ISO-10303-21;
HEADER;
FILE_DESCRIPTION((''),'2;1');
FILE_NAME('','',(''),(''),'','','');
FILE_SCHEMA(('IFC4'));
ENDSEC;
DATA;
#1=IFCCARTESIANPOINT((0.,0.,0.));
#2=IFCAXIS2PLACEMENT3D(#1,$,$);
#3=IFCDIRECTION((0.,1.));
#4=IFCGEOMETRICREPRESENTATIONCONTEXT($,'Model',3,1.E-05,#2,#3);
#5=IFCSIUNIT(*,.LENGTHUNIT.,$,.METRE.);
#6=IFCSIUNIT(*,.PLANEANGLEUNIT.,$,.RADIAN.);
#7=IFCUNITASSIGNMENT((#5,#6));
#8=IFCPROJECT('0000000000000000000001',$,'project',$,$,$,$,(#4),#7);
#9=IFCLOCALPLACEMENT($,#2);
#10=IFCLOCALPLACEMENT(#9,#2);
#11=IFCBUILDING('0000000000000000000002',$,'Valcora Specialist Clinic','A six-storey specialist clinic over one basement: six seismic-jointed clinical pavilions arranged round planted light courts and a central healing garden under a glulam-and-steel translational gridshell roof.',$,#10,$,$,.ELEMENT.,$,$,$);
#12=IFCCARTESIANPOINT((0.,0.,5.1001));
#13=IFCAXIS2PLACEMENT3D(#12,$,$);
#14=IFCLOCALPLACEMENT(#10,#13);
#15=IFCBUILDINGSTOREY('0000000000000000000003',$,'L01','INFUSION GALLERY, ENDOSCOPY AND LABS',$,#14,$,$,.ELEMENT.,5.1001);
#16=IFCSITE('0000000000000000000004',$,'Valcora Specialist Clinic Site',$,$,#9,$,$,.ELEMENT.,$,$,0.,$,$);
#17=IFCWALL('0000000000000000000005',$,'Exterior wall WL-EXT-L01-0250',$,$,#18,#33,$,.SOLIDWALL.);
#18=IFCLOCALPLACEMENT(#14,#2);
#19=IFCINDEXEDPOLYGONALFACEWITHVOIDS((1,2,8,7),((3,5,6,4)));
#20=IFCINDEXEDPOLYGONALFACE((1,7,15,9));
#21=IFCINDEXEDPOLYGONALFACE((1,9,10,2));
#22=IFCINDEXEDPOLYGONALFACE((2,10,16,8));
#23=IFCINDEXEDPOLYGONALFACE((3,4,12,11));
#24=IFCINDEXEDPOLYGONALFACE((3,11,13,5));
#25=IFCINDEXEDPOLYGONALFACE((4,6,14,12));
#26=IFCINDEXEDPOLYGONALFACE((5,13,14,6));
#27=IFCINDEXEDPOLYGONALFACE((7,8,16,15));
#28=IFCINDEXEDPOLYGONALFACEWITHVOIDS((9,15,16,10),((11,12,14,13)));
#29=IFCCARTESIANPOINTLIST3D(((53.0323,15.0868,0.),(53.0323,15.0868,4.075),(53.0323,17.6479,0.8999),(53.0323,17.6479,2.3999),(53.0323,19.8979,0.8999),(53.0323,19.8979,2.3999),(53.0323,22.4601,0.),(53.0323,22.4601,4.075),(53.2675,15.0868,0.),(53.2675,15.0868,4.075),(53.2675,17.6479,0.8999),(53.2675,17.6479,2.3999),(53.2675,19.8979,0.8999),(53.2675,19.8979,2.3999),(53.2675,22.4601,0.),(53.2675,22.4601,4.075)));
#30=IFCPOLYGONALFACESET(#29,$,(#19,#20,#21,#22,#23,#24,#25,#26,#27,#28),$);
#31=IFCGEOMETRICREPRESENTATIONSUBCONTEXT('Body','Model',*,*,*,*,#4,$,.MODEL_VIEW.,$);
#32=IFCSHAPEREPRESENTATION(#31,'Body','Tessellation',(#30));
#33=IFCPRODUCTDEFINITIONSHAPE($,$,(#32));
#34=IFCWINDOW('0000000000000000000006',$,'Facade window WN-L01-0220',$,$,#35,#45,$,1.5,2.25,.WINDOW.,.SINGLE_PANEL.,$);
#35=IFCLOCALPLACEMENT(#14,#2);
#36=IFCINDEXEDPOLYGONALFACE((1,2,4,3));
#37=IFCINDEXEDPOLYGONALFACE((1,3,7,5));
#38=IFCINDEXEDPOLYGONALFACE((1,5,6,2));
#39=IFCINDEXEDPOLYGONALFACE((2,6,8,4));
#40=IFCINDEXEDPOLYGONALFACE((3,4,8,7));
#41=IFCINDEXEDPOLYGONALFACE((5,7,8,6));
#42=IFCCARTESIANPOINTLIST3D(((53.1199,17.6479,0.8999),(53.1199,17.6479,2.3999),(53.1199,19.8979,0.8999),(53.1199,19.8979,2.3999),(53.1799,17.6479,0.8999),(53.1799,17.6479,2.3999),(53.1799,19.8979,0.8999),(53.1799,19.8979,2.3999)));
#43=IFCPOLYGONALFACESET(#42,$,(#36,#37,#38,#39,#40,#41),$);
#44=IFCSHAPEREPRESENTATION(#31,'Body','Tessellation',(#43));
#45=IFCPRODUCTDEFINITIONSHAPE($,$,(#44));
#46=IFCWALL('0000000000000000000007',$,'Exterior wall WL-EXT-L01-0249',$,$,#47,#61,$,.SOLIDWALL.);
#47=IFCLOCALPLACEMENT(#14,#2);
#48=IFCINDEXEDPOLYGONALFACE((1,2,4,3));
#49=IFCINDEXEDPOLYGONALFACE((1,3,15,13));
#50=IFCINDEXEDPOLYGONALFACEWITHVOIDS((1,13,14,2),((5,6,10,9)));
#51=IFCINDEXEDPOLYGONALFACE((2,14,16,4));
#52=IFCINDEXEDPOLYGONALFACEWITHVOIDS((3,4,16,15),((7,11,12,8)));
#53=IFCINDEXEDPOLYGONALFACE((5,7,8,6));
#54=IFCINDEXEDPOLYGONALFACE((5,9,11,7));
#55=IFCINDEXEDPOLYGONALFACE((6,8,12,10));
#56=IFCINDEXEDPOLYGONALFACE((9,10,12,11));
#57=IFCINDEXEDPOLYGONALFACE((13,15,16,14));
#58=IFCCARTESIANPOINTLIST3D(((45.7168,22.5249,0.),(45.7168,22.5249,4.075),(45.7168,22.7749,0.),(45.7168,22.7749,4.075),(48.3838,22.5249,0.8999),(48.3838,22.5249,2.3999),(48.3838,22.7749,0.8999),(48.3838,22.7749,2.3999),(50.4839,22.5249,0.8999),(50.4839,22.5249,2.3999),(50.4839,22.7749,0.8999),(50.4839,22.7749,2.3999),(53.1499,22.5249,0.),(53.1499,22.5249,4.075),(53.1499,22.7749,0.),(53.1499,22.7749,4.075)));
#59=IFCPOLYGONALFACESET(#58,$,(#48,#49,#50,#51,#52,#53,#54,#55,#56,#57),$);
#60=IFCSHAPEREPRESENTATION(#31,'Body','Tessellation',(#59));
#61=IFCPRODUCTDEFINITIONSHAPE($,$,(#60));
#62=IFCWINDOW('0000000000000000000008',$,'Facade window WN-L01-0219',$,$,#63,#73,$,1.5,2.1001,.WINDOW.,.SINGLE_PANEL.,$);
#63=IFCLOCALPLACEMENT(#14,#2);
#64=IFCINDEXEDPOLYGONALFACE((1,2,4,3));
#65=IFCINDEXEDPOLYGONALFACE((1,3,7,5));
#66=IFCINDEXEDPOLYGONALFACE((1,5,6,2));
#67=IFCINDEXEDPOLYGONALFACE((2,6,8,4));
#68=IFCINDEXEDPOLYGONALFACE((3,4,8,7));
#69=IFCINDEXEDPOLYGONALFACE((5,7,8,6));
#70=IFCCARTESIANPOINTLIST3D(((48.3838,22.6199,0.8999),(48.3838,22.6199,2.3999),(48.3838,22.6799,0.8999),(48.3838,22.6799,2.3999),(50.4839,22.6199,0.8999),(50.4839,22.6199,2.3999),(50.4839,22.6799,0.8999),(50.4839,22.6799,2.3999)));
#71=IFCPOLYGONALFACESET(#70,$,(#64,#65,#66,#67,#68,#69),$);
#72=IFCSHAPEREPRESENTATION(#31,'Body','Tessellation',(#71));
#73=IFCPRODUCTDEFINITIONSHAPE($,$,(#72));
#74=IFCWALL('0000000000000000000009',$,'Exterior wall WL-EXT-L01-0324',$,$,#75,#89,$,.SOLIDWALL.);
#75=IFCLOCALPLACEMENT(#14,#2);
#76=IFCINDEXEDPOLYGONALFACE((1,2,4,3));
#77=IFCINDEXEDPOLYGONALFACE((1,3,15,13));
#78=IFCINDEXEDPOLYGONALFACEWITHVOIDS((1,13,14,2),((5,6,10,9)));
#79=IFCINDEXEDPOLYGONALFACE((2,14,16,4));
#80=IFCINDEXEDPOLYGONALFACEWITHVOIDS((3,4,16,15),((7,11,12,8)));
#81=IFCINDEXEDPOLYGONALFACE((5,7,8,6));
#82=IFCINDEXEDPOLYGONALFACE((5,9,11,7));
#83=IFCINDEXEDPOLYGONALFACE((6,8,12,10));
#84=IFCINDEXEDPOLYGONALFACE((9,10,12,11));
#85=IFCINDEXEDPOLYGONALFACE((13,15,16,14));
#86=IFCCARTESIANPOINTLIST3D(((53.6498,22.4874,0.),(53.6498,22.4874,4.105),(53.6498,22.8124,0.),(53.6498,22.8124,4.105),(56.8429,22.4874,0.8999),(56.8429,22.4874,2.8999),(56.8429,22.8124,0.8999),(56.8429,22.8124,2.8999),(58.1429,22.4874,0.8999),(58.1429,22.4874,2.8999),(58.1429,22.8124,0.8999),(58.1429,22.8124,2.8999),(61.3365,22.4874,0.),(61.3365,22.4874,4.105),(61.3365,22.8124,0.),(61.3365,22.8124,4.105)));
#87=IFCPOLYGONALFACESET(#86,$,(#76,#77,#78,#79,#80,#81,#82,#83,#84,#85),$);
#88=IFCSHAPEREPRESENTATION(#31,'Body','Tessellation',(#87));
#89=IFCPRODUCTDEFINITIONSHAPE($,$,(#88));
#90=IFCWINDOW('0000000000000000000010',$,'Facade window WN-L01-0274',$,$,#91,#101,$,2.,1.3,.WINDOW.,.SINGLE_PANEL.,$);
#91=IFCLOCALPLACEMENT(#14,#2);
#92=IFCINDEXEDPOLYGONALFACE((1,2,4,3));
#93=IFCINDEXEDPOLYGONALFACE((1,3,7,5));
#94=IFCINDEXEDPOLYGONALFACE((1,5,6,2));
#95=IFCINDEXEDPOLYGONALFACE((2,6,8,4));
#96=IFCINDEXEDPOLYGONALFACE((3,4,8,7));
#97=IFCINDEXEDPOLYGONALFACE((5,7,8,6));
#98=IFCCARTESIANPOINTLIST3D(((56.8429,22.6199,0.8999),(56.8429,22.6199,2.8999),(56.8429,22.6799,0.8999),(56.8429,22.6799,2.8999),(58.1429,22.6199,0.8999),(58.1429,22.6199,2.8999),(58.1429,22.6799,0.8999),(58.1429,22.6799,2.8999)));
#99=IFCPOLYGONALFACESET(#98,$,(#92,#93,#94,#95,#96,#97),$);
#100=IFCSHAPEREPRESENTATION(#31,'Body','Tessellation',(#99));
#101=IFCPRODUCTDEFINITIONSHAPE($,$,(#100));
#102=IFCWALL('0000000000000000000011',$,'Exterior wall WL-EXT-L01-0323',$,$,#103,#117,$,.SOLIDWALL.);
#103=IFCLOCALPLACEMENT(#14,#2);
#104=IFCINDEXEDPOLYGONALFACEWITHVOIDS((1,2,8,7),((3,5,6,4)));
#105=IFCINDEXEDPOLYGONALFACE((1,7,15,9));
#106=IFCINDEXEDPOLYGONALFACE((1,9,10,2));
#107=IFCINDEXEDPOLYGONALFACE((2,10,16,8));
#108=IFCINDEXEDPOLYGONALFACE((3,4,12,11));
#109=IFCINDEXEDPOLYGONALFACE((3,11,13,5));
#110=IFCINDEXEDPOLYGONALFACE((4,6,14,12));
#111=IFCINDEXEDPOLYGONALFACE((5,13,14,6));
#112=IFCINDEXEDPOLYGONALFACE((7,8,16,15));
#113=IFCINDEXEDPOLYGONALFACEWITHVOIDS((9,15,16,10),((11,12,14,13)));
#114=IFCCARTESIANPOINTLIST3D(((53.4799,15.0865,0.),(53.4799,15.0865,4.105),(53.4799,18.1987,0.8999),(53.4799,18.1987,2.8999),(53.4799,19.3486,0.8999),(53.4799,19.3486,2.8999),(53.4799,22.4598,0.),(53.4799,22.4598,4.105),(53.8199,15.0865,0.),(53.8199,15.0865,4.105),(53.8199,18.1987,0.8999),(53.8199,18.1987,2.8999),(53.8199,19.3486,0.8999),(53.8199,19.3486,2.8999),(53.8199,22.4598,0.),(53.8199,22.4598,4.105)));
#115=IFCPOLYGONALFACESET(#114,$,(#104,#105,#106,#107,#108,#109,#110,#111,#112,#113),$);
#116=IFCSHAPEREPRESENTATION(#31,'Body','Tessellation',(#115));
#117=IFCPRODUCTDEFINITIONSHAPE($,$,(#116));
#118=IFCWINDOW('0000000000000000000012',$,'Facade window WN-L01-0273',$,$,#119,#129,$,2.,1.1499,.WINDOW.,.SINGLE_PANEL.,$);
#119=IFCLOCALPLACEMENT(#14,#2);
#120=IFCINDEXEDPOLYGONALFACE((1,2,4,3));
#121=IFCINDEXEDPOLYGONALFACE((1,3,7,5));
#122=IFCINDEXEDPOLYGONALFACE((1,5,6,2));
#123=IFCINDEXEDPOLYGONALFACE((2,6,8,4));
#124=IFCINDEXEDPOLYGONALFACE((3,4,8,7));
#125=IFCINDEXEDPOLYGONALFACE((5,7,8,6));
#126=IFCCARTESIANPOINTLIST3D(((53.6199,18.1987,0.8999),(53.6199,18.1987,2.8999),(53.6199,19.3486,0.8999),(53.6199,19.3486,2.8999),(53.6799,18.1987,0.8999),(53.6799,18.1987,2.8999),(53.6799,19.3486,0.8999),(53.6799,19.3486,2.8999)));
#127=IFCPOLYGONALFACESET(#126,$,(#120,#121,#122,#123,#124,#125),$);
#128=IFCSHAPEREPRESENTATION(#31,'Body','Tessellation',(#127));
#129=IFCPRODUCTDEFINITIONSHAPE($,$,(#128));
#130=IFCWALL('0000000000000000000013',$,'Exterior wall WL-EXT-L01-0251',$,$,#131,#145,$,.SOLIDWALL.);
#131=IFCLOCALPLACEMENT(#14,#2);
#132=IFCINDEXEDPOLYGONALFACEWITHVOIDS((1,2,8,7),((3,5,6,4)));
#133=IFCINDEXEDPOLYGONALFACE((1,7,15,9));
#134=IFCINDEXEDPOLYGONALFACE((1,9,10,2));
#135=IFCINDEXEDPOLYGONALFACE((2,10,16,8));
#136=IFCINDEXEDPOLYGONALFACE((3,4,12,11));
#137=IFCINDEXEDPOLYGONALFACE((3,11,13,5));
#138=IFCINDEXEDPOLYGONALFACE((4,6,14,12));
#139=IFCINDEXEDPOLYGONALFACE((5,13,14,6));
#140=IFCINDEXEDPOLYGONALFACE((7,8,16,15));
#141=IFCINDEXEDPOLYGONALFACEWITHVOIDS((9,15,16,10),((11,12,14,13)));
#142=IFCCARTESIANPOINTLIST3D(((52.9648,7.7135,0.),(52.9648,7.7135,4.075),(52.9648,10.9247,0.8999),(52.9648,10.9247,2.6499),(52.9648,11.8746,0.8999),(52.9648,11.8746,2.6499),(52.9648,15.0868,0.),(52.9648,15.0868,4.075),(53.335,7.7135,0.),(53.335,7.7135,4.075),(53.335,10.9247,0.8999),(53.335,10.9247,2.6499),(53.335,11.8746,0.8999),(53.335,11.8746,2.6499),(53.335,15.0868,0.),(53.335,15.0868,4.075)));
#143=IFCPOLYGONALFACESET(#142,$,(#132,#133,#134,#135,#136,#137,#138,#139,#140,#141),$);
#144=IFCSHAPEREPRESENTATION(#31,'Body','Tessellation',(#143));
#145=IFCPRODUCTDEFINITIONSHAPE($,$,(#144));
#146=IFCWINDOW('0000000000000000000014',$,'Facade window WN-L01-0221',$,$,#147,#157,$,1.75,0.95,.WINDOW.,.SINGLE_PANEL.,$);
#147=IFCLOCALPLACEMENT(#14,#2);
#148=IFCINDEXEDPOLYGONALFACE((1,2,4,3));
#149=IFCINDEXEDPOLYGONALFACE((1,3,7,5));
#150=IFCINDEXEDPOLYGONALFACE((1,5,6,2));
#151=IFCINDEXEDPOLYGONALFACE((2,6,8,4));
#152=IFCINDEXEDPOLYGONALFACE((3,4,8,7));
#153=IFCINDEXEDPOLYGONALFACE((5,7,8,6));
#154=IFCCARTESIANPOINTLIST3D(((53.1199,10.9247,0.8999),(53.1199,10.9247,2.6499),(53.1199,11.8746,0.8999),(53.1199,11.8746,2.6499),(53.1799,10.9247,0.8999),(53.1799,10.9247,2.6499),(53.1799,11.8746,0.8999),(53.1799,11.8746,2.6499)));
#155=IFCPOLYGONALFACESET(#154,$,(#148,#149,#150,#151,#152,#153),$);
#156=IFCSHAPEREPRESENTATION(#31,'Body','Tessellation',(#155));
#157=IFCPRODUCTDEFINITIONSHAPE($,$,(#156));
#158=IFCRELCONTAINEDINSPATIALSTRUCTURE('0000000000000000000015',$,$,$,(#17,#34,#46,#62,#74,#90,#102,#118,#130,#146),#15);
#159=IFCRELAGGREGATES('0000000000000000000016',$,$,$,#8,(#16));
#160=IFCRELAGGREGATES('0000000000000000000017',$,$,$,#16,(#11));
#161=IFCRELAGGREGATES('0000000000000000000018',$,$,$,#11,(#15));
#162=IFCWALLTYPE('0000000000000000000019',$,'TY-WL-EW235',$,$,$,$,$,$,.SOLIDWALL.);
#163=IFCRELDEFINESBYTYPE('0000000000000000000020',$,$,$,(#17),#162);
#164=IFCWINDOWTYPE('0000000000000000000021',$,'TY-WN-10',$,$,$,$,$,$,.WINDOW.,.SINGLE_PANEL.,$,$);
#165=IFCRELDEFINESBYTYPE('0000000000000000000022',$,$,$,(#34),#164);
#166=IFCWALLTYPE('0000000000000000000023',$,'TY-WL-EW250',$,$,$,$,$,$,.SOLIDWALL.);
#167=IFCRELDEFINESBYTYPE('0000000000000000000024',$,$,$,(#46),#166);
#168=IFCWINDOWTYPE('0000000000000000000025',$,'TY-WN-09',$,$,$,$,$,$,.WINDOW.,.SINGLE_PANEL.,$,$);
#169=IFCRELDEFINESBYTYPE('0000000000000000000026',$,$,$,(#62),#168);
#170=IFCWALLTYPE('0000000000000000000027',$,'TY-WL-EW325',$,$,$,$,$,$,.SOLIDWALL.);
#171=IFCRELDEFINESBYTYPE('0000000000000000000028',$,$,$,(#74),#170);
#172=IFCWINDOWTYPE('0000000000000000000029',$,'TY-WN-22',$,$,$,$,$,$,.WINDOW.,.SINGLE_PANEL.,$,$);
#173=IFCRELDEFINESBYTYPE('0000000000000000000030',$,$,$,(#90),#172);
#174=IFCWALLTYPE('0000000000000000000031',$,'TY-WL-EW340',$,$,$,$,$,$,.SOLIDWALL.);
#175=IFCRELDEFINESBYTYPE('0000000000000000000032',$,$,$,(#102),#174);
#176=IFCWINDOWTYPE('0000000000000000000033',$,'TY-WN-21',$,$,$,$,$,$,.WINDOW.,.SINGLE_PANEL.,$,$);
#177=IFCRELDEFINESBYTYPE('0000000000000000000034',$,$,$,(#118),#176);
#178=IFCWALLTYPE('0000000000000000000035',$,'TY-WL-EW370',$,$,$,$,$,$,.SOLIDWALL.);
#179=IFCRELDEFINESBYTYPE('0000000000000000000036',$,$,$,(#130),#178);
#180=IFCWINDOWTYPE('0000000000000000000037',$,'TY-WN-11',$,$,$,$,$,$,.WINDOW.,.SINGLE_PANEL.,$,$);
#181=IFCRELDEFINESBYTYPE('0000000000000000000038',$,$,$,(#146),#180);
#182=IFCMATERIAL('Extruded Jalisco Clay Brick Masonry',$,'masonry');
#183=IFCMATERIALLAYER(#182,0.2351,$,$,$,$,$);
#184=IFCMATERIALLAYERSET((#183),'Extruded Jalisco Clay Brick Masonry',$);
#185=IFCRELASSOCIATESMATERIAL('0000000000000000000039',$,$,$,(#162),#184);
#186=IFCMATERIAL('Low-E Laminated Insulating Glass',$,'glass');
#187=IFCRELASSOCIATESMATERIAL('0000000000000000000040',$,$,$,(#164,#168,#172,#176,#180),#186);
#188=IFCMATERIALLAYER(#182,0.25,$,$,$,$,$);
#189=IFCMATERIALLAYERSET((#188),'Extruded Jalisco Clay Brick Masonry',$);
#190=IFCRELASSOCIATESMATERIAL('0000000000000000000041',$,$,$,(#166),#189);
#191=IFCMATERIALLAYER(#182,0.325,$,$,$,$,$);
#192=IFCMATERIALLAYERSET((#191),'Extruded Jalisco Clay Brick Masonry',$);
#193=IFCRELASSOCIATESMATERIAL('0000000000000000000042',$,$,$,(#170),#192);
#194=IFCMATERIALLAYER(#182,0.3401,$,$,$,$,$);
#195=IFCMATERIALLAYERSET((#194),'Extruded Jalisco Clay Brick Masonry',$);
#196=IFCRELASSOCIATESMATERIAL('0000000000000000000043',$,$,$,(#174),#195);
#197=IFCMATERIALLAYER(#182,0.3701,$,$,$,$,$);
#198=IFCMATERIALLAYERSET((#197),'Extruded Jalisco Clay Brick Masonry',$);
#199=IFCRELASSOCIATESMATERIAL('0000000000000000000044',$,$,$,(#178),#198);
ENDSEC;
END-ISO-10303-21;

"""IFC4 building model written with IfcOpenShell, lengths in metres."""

from ifc_helpers import new_model, si_unit, direction, frame, frame_2d, origin, place, context, subcontext, project, spatial, rectangle, extrude, material, layer, layer_set, type_object, element, fill, save


model = new_model("IFC4")

# Units and contexts
model_context = context("Model", 3, precision=1e-05, world=origin(), true_north=direction((0.0, 1.0)))
body_context = subcontext(model_context, "Body", "Model", "MODEL_VIEW")
ifc_project = project(units=[si_unit("LENGTHUNIT", "METRE"), si_unit("PLANEANGLEUNIT", "RADIAN")], contexts=[model_context])

# Site, building, storey
site_placement = place(None, origin())
site = spatial("IfcSite", under=ifc_project, at=site_placement, Name="Valcora Specialist Clinic Site", CompositionType="ELEMENT", RefElevation=0.0)
building_placement = place(site_placement, origin())
building = spatial("IfcBuilding", under=site, at=building_placement, Name="Valcora Specialist Clinic", Description="A six-storey specialist clinic over one basement: six seismic-jointed clinical pavilions arranged round planted light courts and a central healing garden under a glulam-and-steel translational gridshell roof.", CompositionType="ELEMENT")
storey_placement = place(building_placement, frame((0.0, 0.0, 5.1001)))
storey = spatial("IfcBuildingStorey", under=building, at=storey_placement, Name="L01", Description="INFUSION GALLERY, ENDOSCOPY AND LABS", CompositionType="ELEMENT", Elevation=5.1001)

# Walls, openings, windows
ifc_material_1 = material(Name="Extruded Jalisco Clay Brick Masonry", Category="masonry")
ifc_layer_1 = layer(ifc_material_1, 0.2351)
ifc_layer_set_1 = layer_set([ifc_layer_1], Name="Extruded Jalisco Clay Brick Masonry")
wall_type_1 = type_object("IfcWallType", Name="TY-WL-EW235", PredefinedType="SOLIDWALL", material=ifc_layer_set_1)
wall_1_placement = place(storey_placement, frame((53.1499, 22.46, 0.0), z_axis=(0.0, 0.0, 1.0), x_axis=(0.0, -1.0, 0.0)))
wall_1 = element("IfcWall", 1, at=wall_1_placement, inside=storey, type_object=wall_type_1, Name="Exterior wall WL-EXT-L01-0250", PredefinedType="SOLIDWALL", context=body_context, shape_type="SweptSolid", body=[
    extrude(rectangle(XDim=7.3733, YDim=0.2351, at=frame_2d((3.6865, 0.0))), origin(), (0.0, 0.0, 1.0), 4.075),
])
opening_1_placement = place(wall_1_placement, frame((2.562, 0.0, 0.8999)))
opening_1 = element("IfcOpeningElement", 2, at=opening_1_placement, cuts=wall_1, PredefinedType="OPENING", context=body_context, shape_type="SweptSolid", body=[
    extrude(rectangle(XDim=2.25, YDim=1.5, at=frame_2d((1.125, 0.75))), frame((0.0, 0.1274, 0.0), z_axis=(0.0, -1.0, 0.0), x_axis=(1.0, 0.0, 0.0)), (0.0, 0.0, 1.0), 0.2551),
])
ifc_material_2 = material(Name="Low-E Laminated Insulating Glass", Category="glass")
window_type_1 = type_object("IfcWindowType", Name="TY-WN-10", PartitioningType="SINGLE_PANEL", PredefinedType="WINDOW", material=ifc_material_2)
window_1_placement = place(opening_1_placement, origin())
window_1 = element("IfcWindow", 3, at=window_1_placement, inside=storey, type_object=window_type_1, Name="Facade window WN-L01-0220", OverallHeight=1.5, OverallWidth=2.25, PartitioningType="SINGLE_PANEL", PredefinedType="WINDOW", context=body_context, shape_type="SweptSolid", body=[
    extrude(rectangle(XDim=2.25, YDim=1.5, at=frame_2d((1.125, 0.75))), frame((0.0, 0.03, 0.0), z_axis=(0.0, -1.0, 0.0), x_axis=(1.0, 0.0, 0.0)), (0.0, 0.0, 1.0), 0.0601),
])
fill(opening_1, window_1)
ifc_layer_2 = layer(ifc_material_1, 0.25)
ifc_layer_set_2 = layer_set([ifc_layer_2], Name="Extruded Jalisco Clay Brick Masonry")
wall_type_2 = type_object("IfcWallType", Name="TY-WL-EW250", PredefinedType="SOLIDWALL", material=ifc_layer_set_2)
wall_2_placement = place(storey_placement, frame((45.7168, 22.6499, 0.0), z_axis=(0.0, 0.0, 1.0), x_axis=(1.0, 0.0, 0.0)))
wall_2 = element("IfcWall", 4, at=wall_2_placement, inside=storey, type_object=wall_type_2, Name="Exterior wall WL-EXT-L01-0249", PredefinedType="SOLIDWALL", context=body_context, shape_type="SweptSolid", body=[
    extrude(rectangle(XDim=7.4331, YDim=0.25, at=frame_2d((3.7166, 0.0))), origin(), (0.0, 0.0, 1.0), 4.075),
])
opening_2_placement = place(wall_2_placement, frame((2.667, 0.0, 0.8999)))
opening_2 = element("IfcOpeningElement", 5, at=opening_2_placement, cuts=wall_2, PredefinedType="OPENING", context=body_context, shape_type="SweptSolid", body=[
    extrude(rectangle(XDim=2.1001, YDim=1.5, at=frame_2d((1.05, 0.75))), frame((0.0, 0.135, 0.0), z_axis=(0.0, -1.0, 0.0), x_axis=(1.0, 0.0, 0.0)), (0.0, 0.0, 1.0), 0.27),
])
window_type_2 = type_object("IfcWindowType", Name="TY-WN-09", PartitioningType="SINGLE_PANEL", PredefinedType="WINDOW", material=ifc_material_2)
window_2_placement = place(opening_2_placement, origin())
window_2 = element("IfcWindow", 6, at=window_2_placement, inside=storey, type_object=window_type_2, Name="Facade window WN-L01-0219", OverallHeight=1.5, OverallWidth=2.1001, PartitioningType="SINGLE_PANEL", PredefinedType="WINDOW", context=body_context, shape_type="SweptSolid", body=[
    extrude(rectangle(XDim=2.1001, YDim=1.5, at=frame_2d((1.05, 0.75))), frame((0.0, 0.03, 0.0), z_axis=(0.0, -1.0, 0.0), x_axis=(1.0, 0.0, 0.0)), (0.0, 0.0, 1.0), 0.0601),
])
fill(opening_2, window_2)
ifc_layer_3 = layer(ifc_material_1, 0.325)
ifc_layer_set_3 = layer_set([ifc_layer_3], Name="Extruded Jalisco Clay Brick Masonry")
wall_type_3 = type_object("IfcWallType", Name="TY-WL-EW325", PredefinedType="SOLIDWALL", material=ifc_layer_set_3)
wall_3_placement = place(storey_placement, frame((53.6499, 22.6499, 0.0), z_axis=(0.0, 0.0, 1.0), x_axis=(1.0, 0.0, 0.0)))
wall_3 = element("IfcWall", 7, at=wall_3_placement, inside=storey, type_object=wall_type_3, Name="Exterior wall WL-EXT-L01-0324", PredefinedType="SOLIDWALL", context=body_context, shape_type="SweptSolid", body=[
    extrude(rectangle(XDim=7.6868, YDim=0.325, at=frame_2d((3.8433, 0.0))), origin(), (0.0, 0.0, 1.0), 4.105),
])
opening_3_placement = place(wall_3_placement, frame((3.1931, 0.0, 0.8999)))
opening_3 = element("IfcOpeningElement", 8, at=opening_3_placement, cuts=wall_3, PredefinedType="OPENING", context=body_context, shape_type="SweptSolid", body=[
    extrude(rectangle(XDim=1.3, YDim=2.0, at=frame_2d((0.6499, 1.0))), frame((0.0, 0.1724, 0.0), z_axis=(0.0, -1.0, 0.0), x_axis=(1.0, 0.0, 0.0)), (0.0, 0.0, 1.0), 0.345),
])
window_type_3 = type_object("IfcWindowType", Name="TY-WN-22", PartitioningType="SINGLE_PANEL", PredefinedType="WINDOW", material=ifc_material_2)
window_3_placement = place(opening_3_placement, origin())
window_3 = element("IfcWindow", 9, at=window_3_placement, inside=storey, type_object=window_type_3, Name="Facade window WN-L01-0274", OverallHeight=2.0, OverallWidth=1.3, PartitioningType="SINGLE_PANEL", PredefinedType="WINDOW", context=body_context, shape_type="SweptSolid", body=[
    extrude(rectangle(XDim=1.3, YDim=2.0, at=frame_2d((0.6499, 1.0))), frame((0.0, 0.03, 0.0), z_axis=(0.0, -1.0, 0.0), x_axis=(1.0, 0.0, 0.0)), (0.0, 0.0, 1.0), 0.0601),
])
fill(opening_3, window_3)
ifc_layer_4 = layer(ifc_material_1, 0.3401)
ifc_layer_set_4 = layer_set([ifc_layer_4], Name="Extruded Jalisco Clay Brick Masonry")
wall_type_4 = type_object("IfcWallType", Name="TY-WL-EW340", PredefinedType="SOLIDWALL", material=ifc_layer_set_4)
wall_4_placement = place(storey_placement, frame((53.6499, 15.0867, 0.0), z_axis=(0.0, 0.0, 1.0), x_axis=(0.0, 1.0, 0.0)))
wall_4 = element("IfcWall", 10, at=wall_4_placement, inside=storey, type_object=wall_type_4, Name="Exterior wall WL-EXT-L01-0323", PredefinedType="SOLIDWALL", context=body_context, shape_type="SweptSolid", body=[
    extrude(rectangle(XDim=7.3733, YDim=0.3401, at=frame_2d((3.6865, 0.0))), origin(), (0.0, 0.0, 1.0), 4.105),
])
opening_4_placement = place(wall_4_placement, frame((3.1121, 0.0, 0.8999)))
opening_4 = element("IfcOpeningElement", 11, at=opening_4_placement, cuts=wall_4, PredefinedType="OPENING", context=body_context, shape_type="SweptSolid", body=[
    extrude(rectangle(XDim=1.1499, YDim=2.0, at=frame_2d((0.575, 1.0))), frame((0.0, 0.1799, 0.0), z_axis=(0.0, -1.0, 0.0), x_axis=(1.0, 0.0, 0.0)), (0.0, 0.0, 1.0), 0.3601),
])
window_type_4 = type_object("IfcWindowType", Name="TY-WN-21", PartitioningType="SINGLE_PANEL", PredefinedType="WINDOW", material=ifc_material_2)
window_4_placement = place(opening_4_placement, origin())
window_4 = element("IfcWindow", 12, at=window_4_placement, inside=storey, type_object=window_type_4, Name="Facade window WN-L01-0273", OverallHeight=2.0, OverallWidth=1.1499, PartitioningType="SINGLE_PANEL", PredefinedType="WINDOW", context=body_context, shape_type="SweptSolid", body=[
    extrude(rectangle(XDim=1.1499, YDim=2.0, at=frame_2d((0.575, 1.0))), frame((0.0, 0.03, 0.0), z_axis=(0.0, -1.0, 0.0), x_axis=(1.0, 0.0, 0.0)), (0.0, 0.0, 1.0), 0.0601),
])
fill(opening_4, window_4)
ifc_layer_5 = layer(ifc_material_1, 0.3701)
ifc_layer_set_5 = layer_set([ifc_layer_5], Name="Extruded Jalisco Clay Brick Masonry")
wall_type_5 = type_object("IfcWallType", Name="TY-WL-EW370", PredefinedType="SOLIDWALL", material=ifc_layer_set_5)
wall_5_placement = place(storey_placement, frame((53.1499, 15.0867, 0.0), z_axis=(0.0, 0.0, 1.0), x_axis=(0.0, -1.0, 0.0)))
wall_5 = element("IfcWall", 13, at=wall_5_placement, inside=storey, type_object=wall_type_5, Name="Exterior wall WL-EXT-L01-0251", PredefinedType="SOLIDWALL", context=body_context, shape_type="SweptSolid", body=[
    extrude(rectangle(XDim=7.3733, YDim=0.3701, at=frame_2d((3.6865, 0.0))), origin(), (0.0, 0.0, 1.0), 4.075),
])
opening_5_placement = place(wall_5_placement, frame((3.2119, 0.0, 0.8999)))
opening_5 = element("IfcOpeningElement", 14, at=opening_5_placement, cuts=wall_5, PredefinedType="OPENING", context=body_context, shape_type="SweptSolid", body=[
    extrude(rectangle(XDim=0.95, YDim=1.75, at=frame_2d((0.4751, 0.875))), frame((0.0, 0.1951, 0.0), z_axis=(0.0, -1.0, 0.0), x_axis=(1.0, 0.0, 0.0)), (0.0, 0.0, 1.0), 0.3901),
])
window_type_5 = type_object("IfcWindowType", Name="TY-WN-11", PartitioningType="SINGLE_PANEL", PredefinedType="WINDOW", material=ifc_material_2)
window_5_placement = place(opening_5_placement, origin())
window_5 = element("IfcWindow", 15, at=window_5_placement, inside=storey, type_object=window_type_5, Name="Facade window WN-L01-0221", OverallHeight=1.75, OverallWidth=0.95, PartitioningType="SINGLE_PANEL", PredefinedType="WINDOW", context=body_context, shape_type="SweptSolid", body=[
    extrude(rectangle(XDim=0.95, YDim=1.75, at=frame_2d((0.4751, 0.875))), frame((0.0, 0.03, 0.0), z_axis=(0.0, -1.0, 0.0), x_axis=(1.0, 0.0, 0.0)), (0.0, 0.0, 1.0), 0.0601),
])
fill(opening_5, window_5)

save(model, "model.ifc")
